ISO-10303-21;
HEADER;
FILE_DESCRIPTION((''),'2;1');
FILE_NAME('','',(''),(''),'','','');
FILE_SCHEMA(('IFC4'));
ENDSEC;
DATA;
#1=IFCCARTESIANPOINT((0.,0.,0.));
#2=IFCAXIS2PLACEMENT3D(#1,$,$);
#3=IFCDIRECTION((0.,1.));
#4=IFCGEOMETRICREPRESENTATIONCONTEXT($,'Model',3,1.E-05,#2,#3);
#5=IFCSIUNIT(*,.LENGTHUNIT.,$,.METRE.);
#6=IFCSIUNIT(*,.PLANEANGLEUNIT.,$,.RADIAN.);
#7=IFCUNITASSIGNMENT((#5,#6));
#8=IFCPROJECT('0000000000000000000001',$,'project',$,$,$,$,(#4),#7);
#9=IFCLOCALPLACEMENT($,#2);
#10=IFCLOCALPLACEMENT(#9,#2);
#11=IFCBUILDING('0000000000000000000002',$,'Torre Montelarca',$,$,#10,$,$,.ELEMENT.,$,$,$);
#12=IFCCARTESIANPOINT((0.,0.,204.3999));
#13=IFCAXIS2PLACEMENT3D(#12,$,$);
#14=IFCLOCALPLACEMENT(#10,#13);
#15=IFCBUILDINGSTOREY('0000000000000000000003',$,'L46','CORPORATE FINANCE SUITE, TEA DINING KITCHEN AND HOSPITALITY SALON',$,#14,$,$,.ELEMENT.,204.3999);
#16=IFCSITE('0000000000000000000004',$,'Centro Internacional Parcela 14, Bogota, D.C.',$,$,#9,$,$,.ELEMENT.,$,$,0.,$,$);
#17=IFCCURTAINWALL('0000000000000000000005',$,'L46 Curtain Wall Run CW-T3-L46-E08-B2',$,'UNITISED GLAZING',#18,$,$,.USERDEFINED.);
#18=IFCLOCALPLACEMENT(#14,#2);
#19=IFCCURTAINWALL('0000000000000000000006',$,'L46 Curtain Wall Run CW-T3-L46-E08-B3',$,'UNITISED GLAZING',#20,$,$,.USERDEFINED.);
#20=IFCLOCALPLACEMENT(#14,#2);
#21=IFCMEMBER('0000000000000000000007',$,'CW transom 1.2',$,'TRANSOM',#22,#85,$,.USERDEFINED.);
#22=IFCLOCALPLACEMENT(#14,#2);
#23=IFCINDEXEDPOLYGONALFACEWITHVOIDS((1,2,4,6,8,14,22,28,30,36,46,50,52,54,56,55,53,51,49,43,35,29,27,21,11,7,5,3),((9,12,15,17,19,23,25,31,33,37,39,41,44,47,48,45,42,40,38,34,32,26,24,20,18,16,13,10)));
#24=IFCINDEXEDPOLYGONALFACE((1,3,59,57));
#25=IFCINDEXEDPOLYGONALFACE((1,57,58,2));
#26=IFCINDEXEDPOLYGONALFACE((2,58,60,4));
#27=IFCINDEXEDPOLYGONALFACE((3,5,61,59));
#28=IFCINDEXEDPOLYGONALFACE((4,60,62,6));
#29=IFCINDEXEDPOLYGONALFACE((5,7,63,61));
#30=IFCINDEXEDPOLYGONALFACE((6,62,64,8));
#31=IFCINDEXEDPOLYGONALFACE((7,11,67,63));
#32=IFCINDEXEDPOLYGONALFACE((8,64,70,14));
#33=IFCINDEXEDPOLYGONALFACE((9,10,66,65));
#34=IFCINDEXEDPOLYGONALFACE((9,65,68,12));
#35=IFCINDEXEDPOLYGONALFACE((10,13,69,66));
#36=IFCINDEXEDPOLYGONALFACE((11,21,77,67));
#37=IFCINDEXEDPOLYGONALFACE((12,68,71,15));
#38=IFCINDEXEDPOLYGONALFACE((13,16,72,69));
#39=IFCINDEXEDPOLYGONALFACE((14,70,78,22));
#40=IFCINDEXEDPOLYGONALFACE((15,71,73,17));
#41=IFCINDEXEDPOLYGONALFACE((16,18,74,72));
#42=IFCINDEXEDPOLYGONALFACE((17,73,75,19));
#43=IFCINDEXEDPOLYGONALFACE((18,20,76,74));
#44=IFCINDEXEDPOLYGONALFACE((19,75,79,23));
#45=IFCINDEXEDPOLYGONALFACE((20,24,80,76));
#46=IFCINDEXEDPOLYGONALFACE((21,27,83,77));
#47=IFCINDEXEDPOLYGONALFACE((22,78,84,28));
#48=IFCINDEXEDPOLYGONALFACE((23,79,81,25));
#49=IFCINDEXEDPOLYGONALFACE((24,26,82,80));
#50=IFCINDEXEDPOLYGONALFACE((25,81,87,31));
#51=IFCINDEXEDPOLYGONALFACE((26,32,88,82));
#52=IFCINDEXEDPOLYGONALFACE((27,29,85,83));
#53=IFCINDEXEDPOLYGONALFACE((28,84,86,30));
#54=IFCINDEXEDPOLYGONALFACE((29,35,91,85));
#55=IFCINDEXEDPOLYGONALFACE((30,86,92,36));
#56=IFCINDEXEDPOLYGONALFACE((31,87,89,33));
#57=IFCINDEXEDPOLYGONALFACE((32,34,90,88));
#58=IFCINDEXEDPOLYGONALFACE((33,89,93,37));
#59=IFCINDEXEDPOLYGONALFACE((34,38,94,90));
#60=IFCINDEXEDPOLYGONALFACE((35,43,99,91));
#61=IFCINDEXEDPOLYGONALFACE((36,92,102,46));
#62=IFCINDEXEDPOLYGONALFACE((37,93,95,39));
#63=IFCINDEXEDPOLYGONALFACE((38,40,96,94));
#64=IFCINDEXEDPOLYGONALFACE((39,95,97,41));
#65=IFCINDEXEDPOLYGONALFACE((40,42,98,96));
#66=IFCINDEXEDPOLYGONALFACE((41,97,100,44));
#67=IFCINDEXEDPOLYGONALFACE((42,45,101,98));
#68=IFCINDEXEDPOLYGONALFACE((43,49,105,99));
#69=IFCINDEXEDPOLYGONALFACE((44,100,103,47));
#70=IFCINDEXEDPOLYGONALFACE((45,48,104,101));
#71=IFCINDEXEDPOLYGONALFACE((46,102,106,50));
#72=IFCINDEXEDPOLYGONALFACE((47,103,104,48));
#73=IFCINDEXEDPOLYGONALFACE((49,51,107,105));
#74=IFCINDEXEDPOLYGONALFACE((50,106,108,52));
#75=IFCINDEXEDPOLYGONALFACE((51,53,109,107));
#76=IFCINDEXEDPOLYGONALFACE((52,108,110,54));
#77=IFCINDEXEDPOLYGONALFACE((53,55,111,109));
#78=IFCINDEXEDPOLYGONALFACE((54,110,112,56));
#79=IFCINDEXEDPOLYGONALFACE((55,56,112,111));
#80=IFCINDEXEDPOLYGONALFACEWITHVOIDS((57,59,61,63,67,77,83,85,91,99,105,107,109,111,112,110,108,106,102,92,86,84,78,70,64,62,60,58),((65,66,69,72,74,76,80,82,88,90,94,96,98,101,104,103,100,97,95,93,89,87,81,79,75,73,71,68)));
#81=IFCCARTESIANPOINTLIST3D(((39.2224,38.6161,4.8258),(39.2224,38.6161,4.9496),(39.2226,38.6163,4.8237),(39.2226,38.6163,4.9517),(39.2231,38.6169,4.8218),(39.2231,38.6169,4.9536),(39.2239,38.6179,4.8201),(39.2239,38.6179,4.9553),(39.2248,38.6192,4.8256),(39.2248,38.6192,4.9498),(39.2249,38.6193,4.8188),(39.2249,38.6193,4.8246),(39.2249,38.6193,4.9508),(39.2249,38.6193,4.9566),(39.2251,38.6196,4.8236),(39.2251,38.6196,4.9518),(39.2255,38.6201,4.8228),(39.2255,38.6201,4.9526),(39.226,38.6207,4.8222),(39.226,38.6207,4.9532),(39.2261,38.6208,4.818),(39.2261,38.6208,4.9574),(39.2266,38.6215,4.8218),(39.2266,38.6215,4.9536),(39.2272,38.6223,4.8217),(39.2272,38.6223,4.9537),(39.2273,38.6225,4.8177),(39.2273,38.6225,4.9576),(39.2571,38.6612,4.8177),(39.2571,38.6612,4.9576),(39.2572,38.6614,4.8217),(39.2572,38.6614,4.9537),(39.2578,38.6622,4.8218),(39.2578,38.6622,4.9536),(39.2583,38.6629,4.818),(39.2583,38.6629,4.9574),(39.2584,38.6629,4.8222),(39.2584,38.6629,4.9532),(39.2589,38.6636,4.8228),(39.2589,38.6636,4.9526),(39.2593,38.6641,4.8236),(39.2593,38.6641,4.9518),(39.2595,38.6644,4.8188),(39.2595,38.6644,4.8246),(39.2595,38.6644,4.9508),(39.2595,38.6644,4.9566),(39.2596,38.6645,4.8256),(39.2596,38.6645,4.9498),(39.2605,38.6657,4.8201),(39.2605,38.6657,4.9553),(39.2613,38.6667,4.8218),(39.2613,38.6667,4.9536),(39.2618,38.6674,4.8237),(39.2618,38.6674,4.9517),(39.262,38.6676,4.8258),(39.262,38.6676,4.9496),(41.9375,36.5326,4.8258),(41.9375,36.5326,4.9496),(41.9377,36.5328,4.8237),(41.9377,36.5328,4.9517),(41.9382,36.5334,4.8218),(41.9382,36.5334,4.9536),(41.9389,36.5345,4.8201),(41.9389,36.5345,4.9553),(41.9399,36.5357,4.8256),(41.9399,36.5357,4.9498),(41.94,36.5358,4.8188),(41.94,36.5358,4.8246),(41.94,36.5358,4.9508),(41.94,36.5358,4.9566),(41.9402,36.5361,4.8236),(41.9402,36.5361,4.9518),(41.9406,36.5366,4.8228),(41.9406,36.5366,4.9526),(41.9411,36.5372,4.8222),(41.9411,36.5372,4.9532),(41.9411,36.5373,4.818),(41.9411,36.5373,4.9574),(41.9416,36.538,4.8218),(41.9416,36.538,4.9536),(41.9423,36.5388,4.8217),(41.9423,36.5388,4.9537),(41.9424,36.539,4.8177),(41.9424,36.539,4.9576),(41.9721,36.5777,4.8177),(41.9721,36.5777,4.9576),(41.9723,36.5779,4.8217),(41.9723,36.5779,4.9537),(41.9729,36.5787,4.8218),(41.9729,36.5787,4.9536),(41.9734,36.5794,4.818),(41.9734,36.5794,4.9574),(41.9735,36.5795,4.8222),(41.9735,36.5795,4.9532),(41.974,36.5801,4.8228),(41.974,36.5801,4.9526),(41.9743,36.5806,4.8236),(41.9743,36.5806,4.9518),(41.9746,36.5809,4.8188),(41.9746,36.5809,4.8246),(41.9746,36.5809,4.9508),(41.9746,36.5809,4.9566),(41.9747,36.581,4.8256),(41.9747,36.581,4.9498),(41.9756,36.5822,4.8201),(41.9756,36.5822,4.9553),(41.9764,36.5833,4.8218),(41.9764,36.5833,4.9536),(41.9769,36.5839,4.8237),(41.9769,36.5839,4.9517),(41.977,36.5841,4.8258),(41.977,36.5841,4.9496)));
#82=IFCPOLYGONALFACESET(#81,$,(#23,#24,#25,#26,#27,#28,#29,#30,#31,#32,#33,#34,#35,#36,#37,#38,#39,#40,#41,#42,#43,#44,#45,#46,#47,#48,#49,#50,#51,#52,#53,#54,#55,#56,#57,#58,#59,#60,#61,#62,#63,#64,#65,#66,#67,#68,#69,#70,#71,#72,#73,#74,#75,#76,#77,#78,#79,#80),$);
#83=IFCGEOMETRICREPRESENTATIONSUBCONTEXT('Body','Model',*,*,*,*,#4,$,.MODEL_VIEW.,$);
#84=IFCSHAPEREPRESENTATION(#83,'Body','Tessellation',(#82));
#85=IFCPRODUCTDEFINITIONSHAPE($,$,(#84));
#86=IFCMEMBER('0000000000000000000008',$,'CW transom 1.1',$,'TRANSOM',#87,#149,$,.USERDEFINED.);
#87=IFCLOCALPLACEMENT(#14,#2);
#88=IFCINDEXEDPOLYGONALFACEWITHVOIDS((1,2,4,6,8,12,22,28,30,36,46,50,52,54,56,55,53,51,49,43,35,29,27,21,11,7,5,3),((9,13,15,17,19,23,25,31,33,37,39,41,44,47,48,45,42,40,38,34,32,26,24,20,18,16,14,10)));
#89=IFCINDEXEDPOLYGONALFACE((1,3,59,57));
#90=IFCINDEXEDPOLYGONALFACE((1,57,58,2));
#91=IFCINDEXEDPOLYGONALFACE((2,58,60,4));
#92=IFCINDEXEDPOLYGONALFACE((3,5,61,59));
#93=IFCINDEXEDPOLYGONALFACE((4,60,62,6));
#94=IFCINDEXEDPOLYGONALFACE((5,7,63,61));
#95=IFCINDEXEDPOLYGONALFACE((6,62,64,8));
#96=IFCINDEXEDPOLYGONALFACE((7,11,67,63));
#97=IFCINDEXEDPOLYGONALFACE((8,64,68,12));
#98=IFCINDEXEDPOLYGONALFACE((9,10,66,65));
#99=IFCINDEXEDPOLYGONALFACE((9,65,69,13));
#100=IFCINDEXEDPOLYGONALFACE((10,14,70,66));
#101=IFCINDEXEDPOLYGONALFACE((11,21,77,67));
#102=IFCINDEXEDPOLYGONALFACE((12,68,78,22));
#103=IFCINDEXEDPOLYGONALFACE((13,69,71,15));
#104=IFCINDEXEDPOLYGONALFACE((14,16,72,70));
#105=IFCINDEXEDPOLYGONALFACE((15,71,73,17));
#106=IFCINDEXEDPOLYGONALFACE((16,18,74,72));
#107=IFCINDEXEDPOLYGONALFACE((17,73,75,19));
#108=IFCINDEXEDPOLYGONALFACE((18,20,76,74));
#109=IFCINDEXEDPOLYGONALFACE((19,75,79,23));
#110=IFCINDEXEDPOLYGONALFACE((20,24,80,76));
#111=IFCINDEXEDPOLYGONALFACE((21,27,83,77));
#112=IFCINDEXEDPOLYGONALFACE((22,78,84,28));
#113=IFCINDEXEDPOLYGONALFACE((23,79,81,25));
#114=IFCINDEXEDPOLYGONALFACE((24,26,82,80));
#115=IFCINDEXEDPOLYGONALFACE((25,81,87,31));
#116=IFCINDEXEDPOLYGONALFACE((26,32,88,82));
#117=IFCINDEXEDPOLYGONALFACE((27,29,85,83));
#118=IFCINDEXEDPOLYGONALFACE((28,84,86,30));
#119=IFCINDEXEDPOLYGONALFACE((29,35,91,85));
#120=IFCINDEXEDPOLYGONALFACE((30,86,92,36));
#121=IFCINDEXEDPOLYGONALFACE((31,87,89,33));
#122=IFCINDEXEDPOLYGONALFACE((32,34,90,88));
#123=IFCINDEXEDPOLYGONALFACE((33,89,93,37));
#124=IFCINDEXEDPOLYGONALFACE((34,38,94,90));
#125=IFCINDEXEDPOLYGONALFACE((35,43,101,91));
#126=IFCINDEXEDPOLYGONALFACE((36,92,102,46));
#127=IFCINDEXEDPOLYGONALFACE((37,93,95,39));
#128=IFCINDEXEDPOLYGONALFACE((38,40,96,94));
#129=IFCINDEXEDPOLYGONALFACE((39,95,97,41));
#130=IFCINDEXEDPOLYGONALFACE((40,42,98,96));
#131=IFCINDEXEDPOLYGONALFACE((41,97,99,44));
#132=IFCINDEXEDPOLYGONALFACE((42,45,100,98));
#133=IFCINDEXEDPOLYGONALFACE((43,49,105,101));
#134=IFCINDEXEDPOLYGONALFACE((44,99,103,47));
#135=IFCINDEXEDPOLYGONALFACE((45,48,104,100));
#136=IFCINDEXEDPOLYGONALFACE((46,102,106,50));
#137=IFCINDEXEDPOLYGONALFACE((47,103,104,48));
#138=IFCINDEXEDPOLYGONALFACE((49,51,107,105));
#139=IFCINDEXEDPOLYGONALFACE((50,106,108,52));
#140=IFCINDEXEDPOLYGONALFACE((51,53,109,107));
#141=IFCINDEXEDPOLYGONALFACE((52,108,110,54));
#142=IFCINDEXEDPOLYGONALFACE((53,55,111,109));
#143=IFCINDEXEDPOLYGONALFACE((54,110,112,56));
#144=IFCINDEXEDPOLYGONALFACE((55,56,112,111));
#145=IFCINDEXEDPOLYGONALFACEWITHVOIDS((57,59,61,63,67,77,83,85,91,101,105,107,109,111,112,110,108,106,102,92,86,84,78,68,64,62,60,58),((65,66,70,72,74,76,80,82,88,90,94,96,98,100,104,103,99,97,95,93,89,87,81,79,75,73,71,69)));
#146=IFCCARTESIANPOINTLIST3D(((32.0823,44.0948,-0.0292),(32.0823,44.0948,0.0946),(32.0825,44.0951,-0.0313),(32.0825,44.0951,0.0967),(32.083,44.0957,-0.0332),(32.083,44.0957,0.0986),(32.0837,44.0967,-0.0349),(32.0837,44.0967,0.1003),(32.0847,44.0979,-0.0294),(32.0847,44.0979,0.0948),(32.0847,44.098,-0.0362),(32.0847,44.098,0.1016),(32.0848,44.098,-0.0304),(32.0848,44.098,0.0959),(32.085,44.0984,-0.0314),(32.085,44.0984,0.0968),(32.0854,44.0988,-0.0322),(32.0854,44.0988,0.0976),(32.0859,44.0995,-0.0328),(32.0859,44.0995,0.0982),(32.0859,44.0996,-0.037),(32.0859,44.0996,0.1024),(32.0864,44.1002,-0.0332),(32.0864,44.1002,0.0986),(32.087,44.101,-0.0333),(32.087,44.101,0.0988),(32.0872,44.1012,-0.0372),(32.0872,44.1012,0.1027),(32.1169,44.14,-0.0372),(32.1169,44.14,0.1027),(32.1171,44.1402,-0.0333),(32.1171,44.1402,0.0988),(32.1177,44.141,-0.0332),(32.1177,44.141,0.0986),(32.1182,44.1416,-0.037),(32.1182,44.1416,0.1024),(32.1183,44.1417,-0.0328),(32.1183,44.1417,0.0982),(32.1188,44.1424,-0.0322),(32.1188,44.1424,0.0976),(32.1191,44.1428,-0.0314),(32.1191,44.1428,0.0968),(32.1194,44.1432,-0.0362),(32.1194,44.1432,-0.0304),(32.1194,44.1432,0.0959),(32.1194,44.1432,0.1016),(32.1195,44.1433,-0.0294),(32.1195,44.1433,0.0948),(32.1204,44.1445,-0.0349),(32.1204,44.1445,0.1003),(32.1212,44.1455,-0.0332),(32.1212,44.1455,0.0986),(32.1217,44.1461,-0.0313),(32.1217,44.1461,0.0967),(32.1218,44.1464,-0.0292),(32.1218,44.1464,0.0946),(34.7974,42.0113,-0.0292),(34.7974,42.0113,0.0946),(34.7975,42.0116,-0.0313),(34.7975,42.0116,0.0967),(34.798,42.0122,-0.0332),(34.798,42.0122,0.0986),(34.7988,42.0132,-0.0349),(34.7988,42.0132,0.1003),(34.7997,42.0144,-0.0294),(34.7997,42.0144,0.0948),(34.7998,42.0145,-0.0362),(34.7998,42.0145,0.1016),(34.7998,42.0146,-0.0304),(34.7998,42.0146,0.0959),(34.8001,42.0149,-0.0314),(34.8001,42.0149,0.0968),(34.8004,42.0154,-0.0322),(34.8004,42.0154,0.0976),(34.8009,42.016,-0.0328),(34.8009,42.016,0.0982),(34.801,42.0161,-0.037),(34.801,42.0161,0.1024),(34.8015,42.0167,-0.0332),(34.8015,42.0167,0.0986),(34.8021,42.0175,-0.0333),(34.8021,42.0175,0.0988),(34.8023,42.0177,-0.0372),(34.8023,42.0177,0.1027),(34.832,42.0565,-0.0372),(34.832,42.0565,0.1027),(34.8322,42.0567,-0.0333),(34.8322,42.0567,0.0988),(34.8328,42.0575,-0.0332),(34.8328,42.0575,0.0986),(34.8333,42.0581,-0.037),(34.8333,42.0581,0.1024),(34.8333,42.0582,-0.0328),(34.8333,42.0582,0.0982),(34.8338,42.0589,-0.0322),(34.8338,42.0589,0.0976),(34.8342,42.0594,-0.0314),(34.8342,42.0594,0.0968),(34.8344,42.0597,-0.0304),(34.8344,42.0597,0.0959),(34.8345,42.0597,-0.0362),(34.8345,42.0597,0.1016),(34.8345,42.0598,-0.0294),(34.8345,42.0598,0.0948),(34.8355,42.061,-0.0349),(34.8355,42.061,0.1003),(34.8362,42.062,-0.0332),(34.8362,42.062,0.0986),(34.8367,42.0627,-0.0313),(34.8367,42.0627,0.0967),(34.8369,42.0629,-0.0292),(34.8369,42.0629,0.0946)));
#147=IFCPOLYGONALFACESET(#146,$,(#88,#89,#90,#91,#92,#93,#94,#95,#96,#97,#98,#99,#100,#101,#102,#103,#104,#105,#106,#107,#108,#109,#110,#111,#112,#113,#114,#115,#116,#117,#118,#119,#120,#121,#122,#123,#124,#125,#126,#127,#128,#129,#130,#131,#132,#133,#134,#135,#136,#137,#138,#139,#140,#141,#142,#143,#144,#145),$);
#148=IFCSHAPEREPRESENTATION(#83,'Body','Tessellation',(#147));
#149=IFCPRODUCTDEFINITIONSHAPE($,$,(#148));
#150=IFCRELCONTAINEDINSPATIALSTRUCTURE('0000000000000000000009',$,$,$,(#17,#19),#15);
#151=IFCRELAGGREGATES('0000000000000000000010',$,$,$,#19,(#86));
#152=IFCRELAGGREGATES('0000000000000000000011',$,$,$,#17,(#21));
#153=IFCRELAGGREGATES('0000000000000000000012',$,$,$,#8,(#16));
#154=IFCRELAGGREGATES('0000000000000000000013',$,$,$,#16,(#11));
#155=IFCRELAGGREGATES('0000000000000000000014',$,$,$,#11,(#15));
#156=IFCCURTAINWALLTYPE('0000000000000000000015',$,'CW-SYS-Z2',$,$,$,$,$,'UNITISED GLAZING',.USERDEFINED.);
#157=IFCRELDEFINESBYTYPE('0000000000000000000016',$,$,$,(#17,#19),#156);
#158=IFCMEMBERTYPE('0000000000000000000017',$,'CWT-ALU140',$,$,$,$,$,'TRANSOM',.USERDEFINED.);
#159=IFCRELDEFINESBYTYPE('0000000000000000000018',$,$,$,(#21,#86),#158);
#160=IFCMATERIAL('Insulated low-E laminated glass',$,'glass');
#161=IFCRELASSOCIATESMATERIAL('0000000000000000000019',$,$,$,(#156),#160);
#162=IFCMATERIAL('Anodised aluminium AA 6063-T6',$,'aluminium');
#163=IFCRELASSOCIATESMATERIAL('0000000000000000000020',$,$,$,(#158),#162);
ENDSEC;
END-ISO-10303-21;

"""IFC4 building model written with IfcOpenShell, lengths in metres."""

from ifc_helpers import new_model, si_unit, direction, frame, origin, origin_2d, place, context, subcontext, project, spatial, hollow_rectangle, extrude, source, transform, mapped, material, material_profile, profile_set, type_object, element, aggregate, save


model = new_model("IFC4")

# Units and contexts
model_context = context("Model", 3, precision=1e-05, world=origin(), true_north=direction((0.0, 1.0)))
body_context = subcontext(model_context, "Body", "Model", "MODEL_VIEW")
ifc_project = project(units=[si_unit("LENGTHUNIT", "METRE"), si_unit("PLANEANGLEUNIT", "RADIAN")], contexts=[model_context])

# Site, building, storey
site_placement = place(None, origin())
site = spatial("IfcSite", under=ifc_project, at=site_placement, Name="Centro Internacional Parcela 14, Bogota, D.C.", CompositionType="ELEMENT", RefElevation=0.0)
building_placement = place(site_placement, origin())
building = spatial("IfcBuilding", under=site, at=building_placement, Name="Torre Montelarca", CompositionType="ELEMENT")
storey_placement = place(building_placement, frame((0.0, 0.0, 204.3999)))
storey = spatial("IfcBuildingStorey", under=building, at=storey_placement, Name="L46", Description="CORPORATE FINANCE SUITE, TEA DINING KITCHEN AND HOSPITALITY SALON", CompositionType="ELEMENT", Elevation=204.3999)

# Shared definitions
ifc_material_1 = material(Name="Insulated low-E laminated glass", Category="glass")
curtain_wall_type = type_object("IfcCurtainWallType", Name="CW-SYS-Z2", ElementType="UNITISED GLAZING", PredefinedType="USERDEFINED", material=ifc_material_1)
ifc_material_2 = material(Name="Anodised aluminium AA 6063-T6", Category="aluminium")

# Curtain wall
curtain_wall_1_placement = place(storey_placement, origin())
curtain_wall_1 = element("IfcCurtainWall", 1, at=curtain_wall_1_placement, inside=storey, type_object=curtain_wall_type, Name="L46 Curtain Wall Run CW-T3-L46-E08-B2", ObjectType="UNITISED GLAZING", PredefinedType="USERDEFINED")

# Curtain wall
curtain_wall_2_placement = place(storey_placement, origin())
curtain_wall_2 = element("IfcCurtainWall", 2, at=curtain_wall_2_placement, inside=storey, type_object=curtain_wall_type, Name="L46 Curtain Wall Run CW-T3-L46-E08-B3", ObjectType="UNITISED GLAZING", PredefinedType="USERDEFINED")

# Members
ifc_material_profile_1 = material_profile(ifc_material_2, hollow_rectangle(XDim=0.0649, YDim=0.1399, WallThickness=0.0039, InnerFilletRadius=0.0039, OuterFilletRadius=0.0081, at=origin_2d()), Name="ALU65X140X4", Category="aluminium")
ifc_profile_set_1 = profile_set([ifc_material_profile_1], Name="Anodised aluminium AA 6063-T6")
member_type_1 = type_object("IfcMemberType", Name="CWT-ALU140", ElementType="TRANSOM", PredefinedType="USERDEFINED", material=ifc_profile_set_1)
shared_shape_1 = source(origin(), body_context, "Body", "SweptSolid", [
    extrude(hollow_rectangle(XDim=0.0649, YDim=0.1399, WallThickness=0.0039, InnerFilletRadius=0.0039, OuterFilletRadius=0.0081, at=origin_2d()), origin(), (0.0, 0.0, 1.0), 3.4224),
])
member_1_placement = place(storey_placement, frame((41.9573, 36.5583, 4.8877), z_axis=(-0.793334, 0.608786, 0.0), x_axis=(-0.608786, -0.793334, 0.0)))
member_1 = element("IfcMember", 3, at=member_1_placement, type_object=member_type_1, Name="CW transom 1.2", ObjectType="TRANSOM", PredefinedType="USERDEFINED", context=body_context, shape_type="MappedRepresentation", body=[
    mapped(shared_shape_1, transform((0.0, 0.0, 0.0), scale=1.0)),
])
member_2_placement = place(storey_placement, frame((34.8171, 42.0371, 0.0327), z_axis=(-0.793334, 0.608786, 0.0), x_axis=(-0.608786, -0.793334, 0.0)))
member_2 = element("IfcMember", 4, at=member_2_placement, type_object=member_type_1, Name="CW transom 1.1", ObjectType="TRANSOM", PredefinedType="USERDEFINED", context=body_context, shape_type="MappedRepresentation", body=[
    mapped(shared_shape_1, transform((0.0, 0.0, 0.0), scale=1.0)),
])

aggregate(curtain_wall_2, [member_2])
aggregate(curtain_wall_1, [member_1])

save(model, "model.ifc")
